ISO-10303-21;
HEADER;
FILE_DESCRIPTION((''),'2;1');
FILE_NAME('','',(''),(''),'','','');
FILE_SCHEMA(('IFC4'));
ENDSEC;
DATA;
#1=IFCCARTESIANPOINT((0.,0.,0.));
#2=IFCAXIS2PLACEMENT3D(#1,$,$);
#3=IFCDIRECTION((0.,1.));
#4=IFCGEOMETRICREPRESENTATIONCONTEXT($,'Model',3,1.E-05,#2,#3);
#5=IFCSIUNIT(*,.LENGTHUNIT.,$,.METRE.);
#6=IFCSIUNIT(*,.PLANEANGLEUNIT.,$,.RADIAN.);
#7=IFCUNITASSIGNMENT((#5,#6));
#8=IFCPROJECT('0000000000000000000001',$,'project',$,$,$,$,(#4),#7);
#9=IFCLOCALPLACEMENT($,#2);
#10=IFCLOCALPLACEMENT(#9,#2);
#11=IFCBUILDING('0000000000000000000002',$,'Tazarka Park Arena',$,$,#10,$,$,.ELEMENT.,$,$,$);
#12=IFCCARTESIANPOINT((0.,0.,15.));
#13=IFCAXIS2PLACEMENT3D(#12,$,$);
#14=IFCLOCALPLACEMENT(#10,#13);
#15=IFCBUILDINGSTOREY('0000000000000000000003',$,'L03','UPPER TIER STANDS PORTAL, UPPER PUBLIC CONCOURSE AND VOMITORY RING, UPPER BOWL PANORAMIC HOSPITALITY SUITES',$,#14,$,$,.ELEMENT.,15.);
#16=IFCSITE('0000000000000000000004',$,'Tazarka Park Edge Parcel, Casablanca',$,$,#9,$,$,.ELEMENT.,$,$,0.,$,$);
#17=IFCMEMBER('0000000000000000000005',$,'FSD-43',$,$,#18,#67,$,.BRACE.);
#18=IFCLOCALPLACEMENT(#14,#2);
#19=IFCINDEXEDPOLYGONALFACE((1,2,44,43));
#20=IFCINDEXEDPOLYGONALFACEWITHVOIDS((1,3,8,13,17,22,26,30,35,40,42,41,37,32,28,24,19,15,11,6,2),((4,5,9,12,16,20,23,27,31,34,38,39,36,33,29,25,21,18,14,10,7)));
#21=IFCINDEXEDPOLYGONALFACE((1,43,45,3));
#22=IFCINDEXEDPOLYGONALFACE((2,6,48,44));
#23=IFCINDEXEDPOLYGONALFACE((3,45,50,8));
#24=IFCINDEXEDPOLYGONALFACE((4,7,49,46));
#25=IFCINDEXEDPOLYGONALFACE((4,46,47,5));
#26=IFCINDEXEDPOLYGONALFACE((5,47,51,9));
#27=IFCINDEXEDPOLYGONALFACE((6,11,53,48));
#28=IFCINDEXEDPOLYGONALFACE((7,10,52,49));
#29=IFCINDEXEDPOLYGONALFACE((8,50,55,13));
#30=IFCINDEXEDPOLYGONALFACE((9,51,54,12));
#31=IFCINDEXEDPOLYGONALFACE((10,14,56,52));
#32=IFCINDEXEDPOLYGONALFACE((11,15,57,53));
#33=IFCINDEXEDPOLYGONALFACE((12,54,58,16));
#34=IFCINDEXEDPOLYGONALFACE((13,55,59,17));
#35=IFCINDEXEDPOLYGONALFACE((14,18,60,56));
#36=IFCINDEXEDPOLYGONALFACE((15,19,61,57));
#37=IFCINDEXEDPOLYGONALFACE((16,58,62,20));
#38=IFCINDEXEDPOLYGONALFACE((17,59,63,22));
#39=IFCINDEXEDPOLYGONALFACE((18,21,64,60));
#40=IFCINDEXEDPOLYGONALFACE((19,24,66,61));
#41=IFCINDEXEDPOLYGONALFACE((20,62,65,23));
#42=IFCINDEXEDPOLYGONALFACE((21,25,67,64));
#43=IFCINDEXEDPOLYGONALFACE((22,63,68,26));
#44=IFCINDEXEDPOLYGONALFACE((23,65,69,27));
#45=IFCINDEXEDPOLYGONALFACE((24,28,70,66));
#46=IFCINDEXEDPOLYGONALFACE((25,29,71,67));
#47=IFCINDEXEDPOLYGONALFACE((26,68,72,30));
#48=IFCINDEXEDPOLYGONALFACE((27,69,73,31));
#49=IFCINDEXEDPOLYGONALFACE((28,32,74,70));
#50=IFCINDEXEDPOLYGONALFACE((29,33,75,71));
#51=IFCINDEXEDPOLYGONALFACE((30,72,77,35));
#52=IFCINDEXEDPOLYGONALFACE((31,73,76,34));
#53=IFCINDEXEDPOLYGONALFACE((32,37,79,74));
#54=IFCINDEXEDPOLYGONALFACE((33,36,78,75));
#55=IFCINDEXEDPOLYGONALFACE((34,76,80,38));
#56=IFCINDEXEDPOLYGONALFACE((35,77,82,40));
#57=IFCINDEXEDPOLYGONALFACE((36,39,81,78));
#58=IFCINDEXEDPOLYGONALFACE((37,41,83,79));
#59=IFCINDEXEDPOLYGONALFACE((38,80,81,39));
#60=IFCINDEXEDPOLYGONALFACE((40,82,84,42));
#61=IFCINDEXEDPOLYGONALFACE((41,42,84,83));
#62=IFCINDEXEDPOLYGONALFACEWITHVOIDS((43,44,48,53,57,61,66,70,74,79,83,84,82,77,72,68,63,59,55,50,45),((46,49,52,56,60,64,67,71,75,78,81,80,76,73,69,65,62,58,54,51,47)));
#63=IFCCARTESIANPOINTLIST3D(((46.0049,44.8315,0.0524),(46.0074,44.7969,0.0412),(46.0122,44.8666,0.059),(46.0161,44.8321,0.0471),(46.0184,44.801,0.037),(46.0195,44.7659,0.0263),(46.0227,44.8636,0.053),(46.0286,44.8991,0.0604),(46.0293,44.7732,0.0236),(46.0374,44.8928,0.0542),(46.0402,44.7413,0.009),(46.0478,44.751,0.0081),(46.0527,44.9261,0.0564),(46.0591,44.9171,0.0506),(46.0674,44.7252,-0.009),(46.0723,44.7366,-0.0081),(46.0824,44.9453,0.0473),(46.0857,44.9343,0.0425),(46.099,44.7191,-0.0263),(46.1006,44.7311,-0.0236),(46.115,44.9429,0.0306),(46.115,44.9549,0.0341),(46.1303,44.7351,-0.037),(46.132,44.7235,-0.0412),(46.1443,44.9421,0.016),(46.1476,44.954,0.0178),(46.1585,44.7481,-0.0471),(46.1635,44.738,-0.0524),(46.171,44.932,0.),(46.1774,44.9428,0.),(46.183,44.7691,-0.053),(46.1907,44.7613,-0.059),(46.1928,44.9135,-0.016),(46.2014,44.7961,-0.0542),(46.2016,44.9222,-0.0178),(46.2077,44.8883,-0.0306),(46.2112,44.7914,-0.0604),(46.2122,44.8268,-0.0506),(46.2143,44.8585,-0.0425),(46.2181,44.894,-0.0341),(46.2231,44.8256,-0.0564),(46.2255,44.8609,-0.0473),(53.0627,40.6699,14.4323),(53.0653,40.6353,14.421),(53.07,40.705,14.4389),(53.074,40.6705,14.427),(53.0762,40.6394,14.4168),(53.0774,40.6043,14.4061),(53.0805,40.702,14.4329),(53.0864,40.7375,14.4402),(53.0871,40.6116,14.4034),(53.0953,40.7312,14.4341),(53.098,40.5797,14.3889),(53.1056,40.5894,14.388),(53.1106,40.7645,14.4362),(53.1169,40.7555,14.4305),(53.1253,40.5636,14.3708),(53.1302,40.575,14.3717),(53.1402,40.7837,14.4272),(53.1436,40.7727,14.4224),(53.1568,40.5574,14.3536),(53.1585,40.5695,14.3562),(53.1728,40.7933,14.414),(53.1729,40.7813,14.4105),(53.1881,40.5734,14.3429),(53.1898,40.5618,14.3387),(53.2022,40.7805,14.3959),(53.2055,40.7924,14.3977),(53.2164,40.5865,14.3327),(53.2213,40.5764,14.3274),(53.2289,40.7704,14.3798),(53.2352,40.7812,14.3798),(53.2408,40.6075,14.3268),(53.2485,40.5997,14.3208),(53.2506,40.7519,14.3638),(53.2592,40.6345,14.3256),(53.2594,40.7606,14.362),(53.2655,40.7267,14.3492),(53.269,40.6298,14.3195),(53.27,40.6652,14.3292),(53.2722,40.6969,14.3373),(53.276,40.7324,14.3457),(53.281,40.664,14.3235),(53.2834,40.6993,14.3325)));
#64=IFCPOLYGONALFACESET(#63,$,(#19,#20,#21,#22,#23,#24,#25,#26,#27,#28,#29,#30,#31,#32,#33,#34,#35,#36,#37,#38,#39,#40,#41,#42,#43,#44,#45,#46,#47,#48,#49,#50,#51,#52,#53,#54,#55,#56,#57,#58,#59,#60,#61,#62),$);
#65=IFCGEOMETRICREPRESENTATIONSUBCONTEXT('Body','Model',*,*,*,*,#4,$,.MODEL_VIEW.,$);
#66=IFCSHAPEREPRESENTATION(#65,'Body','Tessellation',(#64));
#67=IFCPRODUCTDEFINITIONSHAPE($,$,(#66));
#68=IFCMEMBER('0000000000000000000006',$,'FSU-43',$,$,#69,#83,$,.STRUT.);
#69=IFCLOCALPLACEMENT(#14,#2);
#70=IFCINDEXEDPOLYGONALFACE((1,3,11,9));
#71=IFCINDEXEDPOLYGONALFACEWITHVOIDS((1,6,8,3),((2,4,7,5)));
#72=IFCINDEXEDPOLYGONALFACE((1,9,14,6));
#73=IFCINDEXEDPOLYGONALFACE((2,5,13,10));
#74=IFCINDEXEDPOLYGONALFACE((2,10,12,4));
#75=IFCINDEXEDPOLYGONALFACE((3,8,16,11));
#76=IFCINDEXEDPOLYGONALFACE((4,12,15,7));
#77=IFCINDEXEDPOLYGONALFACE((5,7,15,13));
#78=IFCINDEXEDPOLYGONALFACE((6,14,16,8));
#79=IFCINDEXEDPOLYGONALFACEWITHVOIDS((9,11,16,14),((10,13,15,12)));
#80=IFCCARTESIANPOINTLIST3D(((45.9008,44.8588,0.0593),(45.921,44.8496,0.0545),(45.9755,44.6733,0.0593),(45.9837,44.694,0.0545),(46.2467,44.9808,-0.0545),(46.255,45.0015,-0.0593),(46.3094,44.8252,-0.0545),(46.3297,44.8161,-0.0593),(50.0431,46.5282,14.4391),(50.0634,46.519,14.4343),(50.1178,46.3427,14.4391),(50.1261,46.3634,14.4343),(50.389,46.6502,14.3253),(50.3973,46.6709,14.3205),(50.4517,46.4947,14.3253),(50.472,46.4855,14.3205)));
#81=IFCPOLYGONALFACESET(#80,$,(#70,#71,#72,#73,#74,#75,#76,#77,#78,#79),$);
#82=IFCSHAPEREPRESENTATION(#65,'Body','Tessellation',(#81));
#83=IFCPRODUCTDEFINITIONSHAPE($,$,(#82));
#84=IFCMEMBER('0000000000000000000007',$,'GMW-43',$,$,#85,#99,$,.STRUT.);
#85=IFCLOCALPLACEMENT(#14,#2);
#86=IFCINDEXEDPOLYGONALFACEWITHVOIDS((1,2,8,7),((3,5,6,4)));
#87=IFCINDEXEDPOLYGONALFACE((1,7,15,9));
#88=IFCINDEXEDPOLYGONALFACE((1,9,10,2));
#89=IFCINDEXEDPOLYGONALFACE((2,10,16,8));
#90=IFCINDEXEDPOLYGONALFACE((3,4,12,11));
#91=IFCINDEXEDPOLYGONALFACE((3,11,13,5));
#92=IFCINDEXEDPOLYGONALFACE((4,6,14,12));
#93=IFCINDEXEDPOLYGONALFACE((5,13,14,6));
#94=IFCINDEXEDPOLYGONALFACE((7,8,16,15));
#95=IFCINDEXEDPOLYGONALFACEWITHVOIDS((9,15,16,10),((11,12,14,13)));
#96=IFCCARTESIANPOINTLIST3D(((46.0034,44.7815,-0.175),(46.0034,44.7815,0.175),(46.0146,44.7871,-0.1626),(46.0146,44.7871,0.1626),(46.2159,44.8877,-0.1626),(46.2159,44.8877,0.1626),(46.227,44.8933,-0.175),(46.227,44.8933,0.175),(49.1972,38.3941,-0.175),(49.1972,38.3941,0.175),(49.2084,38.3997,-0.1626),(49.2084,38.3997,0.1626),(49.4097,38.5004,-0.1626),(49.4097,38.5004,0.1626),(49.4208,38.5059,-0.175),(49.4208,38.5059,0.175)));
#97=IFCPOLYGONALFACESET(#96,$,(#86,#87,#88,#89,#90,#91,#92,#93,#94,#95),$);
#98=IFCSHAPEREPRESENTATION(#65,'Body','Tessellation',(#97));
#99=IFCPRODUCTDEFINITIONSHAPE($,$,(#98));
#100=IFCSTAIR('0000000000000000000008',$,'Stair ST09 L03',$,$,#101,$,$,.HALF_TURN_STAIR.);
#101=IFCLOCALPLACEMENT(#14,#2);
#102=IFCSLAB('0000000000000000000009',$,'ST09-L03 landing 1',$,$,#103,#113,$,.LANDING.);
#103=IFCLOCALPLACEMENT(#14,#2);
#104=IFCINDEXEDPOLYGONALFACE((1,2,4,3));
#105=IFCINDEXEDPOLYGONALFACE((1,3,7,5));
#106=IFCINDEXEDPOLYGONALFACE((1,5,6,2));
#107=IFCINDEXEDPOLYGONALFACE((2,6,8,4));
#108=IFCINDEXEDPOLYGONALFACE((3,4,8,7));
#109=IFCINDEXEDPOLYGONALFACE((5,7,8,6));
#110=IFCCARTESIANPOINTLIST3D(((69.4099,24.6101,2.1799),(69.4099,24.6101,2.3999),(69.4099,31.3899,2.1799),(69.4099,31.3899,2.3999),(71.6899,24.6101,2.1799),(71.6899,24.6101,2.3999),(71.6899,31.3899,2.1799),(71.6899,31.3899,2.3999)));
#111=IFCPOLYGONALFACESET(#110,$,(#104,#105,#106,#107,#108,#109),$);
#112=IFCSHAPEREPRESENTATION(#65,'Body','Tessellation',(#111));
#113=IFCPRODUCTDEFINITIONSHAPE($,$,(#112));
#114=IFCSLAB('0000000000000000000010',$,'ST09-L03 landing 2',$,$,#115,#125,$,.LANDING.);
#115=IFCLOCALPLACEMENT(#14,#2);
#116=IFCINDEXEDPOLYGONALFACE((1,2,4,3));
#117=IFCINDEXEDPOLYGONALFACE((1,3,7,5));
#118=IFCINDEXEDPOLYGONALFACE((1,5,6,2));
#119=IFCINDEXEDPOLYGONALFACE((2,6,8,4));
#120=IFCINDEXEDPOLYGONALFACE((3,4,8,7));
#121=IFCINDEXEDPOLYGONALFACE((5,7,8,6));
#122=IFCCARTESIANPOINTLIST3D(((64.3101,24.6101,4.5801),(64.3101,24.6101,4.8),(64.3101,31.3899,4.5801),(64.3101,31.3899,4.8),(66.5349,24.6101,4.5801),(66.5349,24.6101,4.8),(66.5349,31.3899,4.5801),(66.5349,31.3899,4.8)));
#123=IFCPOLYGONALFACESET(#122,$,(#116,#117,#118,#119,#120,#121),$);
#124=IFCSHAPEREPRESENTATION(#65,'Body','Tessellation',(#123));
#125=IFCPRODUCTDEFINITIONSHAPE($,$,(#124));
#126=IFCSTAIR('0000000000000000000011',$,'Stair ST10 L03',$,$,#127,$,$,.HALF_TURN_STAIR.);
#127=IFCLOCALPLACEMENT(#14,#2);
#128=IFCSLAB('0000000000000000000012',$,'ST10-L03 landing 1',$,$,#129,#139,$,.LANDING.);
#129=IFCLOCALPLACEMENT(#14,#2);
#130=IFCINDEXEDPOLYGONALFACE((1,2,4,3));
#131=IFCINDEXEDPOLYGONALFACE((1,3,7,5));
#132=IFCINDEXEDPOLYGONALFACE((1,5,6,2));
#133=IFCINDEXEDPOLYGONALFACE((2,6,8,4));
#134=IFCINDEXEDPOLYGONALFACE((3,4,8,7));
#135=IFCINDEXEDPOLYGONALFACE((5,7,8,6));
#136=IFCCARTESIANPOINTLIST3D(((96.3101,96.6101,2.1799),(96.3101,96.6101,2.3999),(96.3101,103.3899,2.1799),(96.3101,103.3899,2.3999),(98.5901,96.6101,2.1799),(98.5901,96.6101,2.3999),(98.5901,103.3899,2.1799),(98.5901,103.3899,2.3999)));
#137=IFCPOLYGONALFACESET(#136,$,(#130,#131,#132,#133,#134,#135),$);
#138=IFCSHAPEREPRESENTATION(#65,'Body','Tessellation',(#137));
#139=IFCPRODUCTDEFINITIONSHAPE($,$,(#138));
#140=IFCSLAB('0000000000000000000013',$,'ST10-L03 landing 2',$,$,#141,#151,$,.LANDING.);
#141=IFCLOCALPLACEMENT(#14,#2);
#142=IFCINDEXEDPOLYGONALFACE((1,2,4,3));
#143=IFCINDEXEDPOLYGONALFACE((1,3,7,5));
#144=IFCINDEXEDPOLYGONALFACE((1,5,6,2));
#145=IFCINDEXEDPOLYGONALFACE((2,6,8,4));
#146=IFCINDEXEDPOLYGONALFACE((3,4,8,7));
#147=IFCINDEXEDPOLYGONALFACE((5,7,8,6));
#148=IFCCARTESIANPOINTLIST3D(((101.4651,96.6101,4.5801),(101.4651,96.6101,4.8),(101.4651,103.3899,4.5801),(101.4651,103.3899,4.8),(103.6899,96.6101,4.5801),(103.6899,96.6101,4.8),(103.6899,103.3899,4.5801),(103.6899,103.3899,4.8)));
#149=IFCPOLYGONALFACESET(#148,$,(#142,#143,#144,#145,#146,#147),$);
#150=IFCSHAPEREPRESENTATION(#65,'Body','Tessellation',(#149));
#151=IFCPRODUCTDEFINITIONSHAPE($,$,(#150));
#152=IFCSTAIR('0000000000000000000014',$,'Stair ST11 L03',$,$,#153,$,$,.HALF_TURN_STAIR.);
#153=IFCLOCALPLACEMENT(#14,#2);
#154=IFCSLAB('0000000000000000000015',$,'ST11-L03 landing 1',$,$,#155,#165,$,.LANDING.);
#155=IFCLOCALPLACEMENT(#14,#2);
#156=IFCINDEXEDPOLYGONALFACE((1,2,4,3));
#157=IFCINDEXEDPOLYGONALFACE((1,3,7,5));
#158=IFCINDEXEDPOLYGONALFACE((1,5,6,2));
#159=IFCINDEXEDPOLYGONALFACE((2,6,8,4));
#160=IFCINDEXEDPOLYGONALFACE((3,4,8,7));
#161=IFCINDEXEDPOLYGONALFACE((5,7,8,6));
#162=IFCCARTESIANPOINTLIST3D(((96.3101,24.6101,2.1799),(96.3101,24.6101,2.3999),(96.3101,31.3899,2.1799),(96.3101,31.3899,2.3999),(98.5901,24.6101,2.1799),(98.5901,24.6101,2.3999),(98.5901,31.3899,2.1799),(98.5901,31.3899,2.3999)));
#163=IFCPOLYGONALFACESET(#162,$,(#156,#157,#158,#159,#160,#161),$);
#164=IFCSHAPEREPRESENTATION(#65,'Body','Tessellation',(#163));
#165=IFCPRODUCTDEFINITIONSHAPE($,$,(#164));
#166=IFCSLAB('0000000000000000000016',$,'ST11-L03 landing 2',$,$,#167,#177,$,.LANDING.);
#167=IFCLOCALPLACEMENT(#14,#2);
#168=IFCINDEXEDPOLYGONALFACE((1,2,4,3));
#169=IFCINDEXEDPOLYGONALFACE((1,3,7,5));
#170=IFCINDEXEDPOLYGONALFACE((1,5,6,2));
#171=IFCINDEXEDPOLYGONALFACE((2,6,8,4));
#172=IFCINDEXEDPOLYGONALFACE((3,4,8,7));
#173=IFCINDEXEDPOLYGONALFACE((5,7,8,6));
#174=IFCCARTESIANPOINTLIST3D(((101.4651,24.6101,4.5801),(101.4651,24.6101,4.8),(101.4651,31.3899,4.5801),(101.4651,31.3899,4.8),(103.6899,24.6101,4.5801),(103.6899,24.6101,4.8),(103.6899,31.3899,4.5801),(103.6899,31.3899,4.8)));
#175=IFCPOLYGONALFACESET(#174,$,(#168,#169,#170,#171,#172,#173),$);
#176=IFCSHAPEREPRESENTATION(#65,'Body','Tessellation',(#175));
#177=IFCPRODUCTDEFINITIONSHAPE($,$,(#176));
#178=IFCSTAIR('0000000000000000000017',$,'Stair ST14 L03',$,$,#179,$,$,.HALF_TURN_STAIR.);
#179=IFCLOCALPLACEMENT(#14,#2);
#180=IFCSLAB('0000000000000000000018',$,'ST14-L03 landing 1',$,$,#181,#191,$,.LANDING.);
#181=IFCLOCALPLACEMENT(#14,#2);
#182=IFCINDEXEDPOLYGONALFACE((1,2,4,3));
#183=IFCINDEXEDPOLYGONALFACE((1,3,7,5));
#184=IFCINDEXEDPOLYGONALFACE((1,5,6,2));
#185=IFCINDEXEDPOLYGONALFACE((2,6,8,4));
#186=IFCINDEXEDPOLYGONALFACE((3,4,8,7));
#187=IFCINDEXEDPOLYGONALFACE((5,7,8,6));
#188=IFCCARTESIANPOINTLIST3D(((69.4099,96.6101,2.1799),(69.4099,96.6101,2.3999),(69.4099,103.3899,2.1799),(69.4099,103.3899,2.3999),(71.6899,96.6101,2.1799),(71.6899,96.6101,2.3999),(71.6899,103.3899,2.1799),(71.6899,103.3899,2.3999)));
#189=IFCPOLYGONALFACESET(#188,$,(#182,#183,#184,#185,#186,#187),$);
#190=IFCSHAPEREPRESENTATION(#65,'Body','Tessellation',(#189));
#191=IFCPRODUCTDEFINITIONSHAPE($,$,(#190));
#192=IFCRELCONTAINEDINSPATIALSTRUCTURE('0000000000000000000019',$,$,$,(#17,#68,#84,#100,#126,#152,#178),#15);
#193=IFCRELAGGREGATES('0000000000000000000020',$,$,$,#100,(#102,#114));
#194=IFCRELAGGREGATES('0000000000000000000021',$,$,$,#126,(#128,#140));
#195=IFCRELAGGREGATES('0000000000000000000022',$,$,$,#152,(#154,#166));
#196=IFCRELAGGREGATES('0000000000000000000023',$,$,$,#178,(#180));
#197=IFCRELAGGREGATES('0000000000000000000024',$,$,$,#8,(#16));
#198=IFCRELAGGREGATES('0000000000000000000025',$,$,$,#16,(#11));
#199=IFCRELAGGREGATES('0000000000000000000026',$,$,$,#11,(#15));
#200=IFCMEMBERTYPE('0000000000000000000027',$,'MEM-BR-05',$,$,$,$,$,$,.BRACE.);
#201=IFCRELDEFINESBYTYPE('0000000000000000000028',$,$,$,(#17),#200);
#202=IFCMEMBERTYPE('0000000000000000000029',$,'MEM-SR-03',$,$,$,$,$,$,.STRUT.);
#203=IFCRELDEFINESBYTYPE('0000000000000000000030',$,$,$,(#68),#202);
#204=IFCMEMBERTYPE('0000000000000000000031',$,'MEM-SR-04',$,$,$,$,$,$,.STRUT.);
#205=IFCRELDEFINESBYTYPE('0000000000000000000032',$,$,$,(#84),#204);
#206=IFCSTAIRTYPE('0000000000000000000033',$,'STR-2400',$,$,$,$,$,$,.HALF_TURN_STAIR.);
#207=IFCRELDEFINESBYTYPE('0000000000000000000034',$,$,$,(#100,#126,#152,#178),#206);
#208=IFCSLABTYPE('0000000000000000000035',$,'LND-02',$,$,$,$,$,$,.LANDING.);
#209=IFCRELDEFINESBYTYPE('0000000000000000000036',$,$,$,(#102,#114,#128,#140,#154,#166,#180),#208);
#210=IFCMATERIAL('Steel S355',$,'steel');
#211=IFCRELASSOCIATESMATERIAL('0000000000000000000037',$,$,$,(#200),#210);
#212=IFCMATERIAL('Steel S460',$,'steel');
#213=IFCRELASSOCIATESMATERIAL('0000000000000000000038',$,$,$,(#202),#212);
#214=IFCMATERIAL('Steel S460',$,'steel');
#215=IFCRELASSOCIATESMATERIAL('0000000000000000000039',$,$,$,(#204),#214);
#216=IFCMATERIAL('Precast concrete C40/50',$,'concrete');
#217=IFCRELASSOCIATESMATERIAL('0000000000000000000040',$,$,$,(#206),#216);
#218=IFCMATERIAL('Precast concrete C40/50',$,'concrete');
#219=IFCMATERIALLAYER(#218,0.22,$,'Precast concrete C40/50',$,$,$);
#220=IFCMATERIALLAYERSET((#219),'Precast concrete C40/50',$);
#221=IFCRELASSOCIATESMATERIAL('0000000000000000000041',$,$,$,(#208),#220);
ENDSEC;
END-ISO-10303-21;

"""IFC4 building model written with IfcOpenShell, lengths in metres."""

from ifc_helpers import new_model, si_unit, direction, frame, origin, origin_2d, place, context, subcontext, project, spatial, polyline, hollow_rectangle, hollow_circle, outline, extrude, material, layer, layer_set, material_profile, profile_set, type_object, element, aggregate, save


model = new_model("IFC4")

# Units and contexts
model_context = context("Model", 3, precision=1e-05, world=origin(), true_north=direction((0.0, 1.0)))
body_context = subcontext(model_context, "Body", "Model", "MODEL_VIEW")
ifc_project = project(units=[si_unit("LENGTHUNIT", "METRE"), si_unit("PLANEANGLEUNIT", "RADIAN")], contexts=[model_context])

# Site, building, storey
site_placement = place(None, origin())
site = spatial("IfcSite", under=ifc_project, at=site_placement, Name="Tazarka Park Edge Parcel, Casablanca", CompositionType="ELEMENT", RefElevation=0.0)
building_placement = place(site_placement, origin())
building = spatial("IfcBuilding", under=site, at=building_placement, Name="Tazarka Park Arena", CompositionType="ELEMENT")
storey_placement = place(building_placement, frame((0.0, 0.0, 15.0)))
storey = spatial("IfcBuildingStorey", under=building, at=storey_placement, Name="L03", Description="UPPER TIER STANDS PORTAL, UPPER PUBLIC CONCOURSE AND VOMITORY RING, UPPER BOWL PANORAMIC HOSPITALITY SUITES", CompositionType="ELEMENT", Elevation=15.0)

# Members
ifc_material_1 = material(Name="Steel S355", Category="steel")
ifc_material_profile_1 = material_profile(ifc_material_1, hollow_circle(Radius=0.1223, WallThickness=0.0125, at=origin_2d()), Name="Steel S355")
ifc_profile_set_1 = profile_set([ifc_material_profile_1], Name="Steel S355")
member_type_1 = type_object("IfcMemberType", Name="MEM-BR-05", PredefinedType="BRACE", material=ifc_profile_set_1)
member_1_placement = place(storey_placement, frame((46.1152, 44.8374, 0.0), z_axis=(0.426448, -0.251452, 0.868858), x_axis=(0.507921, 0.861404, 0.0)))
element("IfcMember", 1, at=member_1_placement, inside=storey, type_object=member_type_1, Name="FSD-43", PredefinedType="BRACE", context=body_context, shape_type="SweptSolid", body=[
    extrude(hollow_circle(Radius=0.1223, WallThickness=0.0125, at=origin_2d()), origin(), (0.0, 0.0, 1.0), 16.5503),
])
ifc_material_2 = material(Name="Steel S460", Category="steel")
ifc_material_profile_2 = material_profile(ifc_material_2, hollow_rectangle(XDim=0.2, YDim=0.3999, WallThickness=0.0161, at=origin_2d()), Name="Steel S460")
ifc_profile_set_2 = profile_set([ifc_material_profile_2], Name="Steel S460")
member_type_2 = type_object("IfcMemberType", Name="MEM-SR-03", PredefinedType="STRUT", material=ifc_profile_set_2)
member_2_placement = place(storey_placement, frame((46.1152, 44.8374, 0.0), z_axis=(0.275102, 0.110871, 0.955001), x_axis=(-0.373802, 0.927508, 0.0)))
element("IfcMember", 2, at=member_2_placement, inside=storey, type_object=member_type_2, Name="FSU-43", PredefinedType="STRUT", context=body_context, shape_type="SweptSolid", body=[
    extrude(hollow_rectangle(XDim=0.2, YDim=0.3999, WallThickness=0.0161, at=origin_2d()), origin(), (0.0, 0.0, 1.0), 15.0574),
])
ifc_material_3 = material(Name="Steel S460", Category="steel")
ifc_material_profile_3 = material_profile(ifc_material_3, hollow_rectangle(XDim=0.25, YDim=0.3501, WallThickness=0.0125, at=origin_2d()), Name="Steel S460")
ifc_profile_set_3 = profile_set([ifc_material_profile_3], Name="Steel S460")
member_type_3 = type_object("IfcMemberType", Name="MEM-SR-04", PredefinedType="STRUT", material=ifc_profile_set_3)
member_3_placement = place(storey_placement, frame((46.1152, 44.8374, 0.0), z_axis=(0.447227, -0.89442, 0.0), x_axis=(0.89442, 0.447227, 0.0)))
element("IfcMember", 3, at=member_3_placement, inside=storey, type_object=member_type_3, Name="GMW-43", PredefinedType="STRUT", context=body_context, shape_type="SweptSolid", body=[
    extrude(hollow_rectangle(XDim=0.25, YDim=0.3501, WallThickness=0.0125, at=origin_2d()), origin(), (0.0, 0.0, 1.0), 7.1414),
])

# Stairs, slabs
ifc_material_4 = material(Name="Precast concrete C40/50", Category="concrete")
stair_type = type_object("IfcStairType", Name="STR-2400", PredefinedType="HALF_TURN_STAIR", material=ifc_material_4)
stair_1_placement = place(storey_placement, origin())
stair_1 = element("IfcStair", 4, at=stair_1_placement, inside=storey, type_object=stair_type, Name="Stair ST09 L03", PredefinedType="HALF_TURN_STAIR")
ifc_material_5 = material(Name="Precast concrete C40/50", Category="concrete")
ifc_layer_1 = layer(ifc_material_5, 0.22, Name="Precast concrete C40/50")
ifc_layer_set_1 = layer_set([ifc_layer_1], Name="Precast concrete C40/50")
slab_type_1 = type_object("IfcSlabType", Name="LND-02", PredefinedType="LANDING", material=ifc_layer_set_1)
slab_1_placement = place(storey_placement, frame((0.0, 0.0, 2.1799)))
slab_1 = element("IfcSlab", 5, at=slab_1_placement, type_object=slab_type_1, Name="ST09-L03 landing 1", PredefinedType="LANDING", context=body_context, shape_type="SweptSolid", body=[
    extrude(outline(polyline([(69.4099, 24.6101), (71.6899, 24.6101), (71.6899, 31.3899), (69.4099, 31.3899), (69.4099, 24.6101)])), origin(), (0.0, 0.0, 1.0), 0.22),
])
slab_2_placement = place(storey_placement, frame((0.0, 0.0, 4.5801)))
slab_2 = element("IfcSlab", 6, at=slab_2_placement, type_object=slab_type_1, Name="ST09-L03 landing 2", PredefinedType="LANDING", context=body_context, shape_type="SweptSolid", body=[
    extrude(outline(polyline([(64.3101, 24.6101), (66.5349, 24.6101), (66.5349, 31.3899), (64.3101, 31.3899), (64.3101, 24.6101)])), origin(), (0.0, 0.0, 1.0), 0.22),
])
aggregate(stair_1, [slab_1, slab_2])
stair_2_placement = place(storey_placement, origin())
stair_2 = element("IfcStair", 7, at=stair_2_placement, inside=storey, type_object=stair_type, Name="Stair ST10 L03", PredefinedType="HALF_TURN_STAIR")
slab_3_placement = place(storey_placement, frame((0.0, 0.0, 2.1799)))
slab_3 = element("IfcSlab", 8, at=slab_3_placement, type_object=slab_type_1, Name="ST10-L03 landing 1", PredefinedType="LANDING", context=body_context, shape_type="SweptSolid", body=[
    extrude(outline(polyline([(96.3101, 96.6101), (98.5901, 96.6101), (98.5901, 103.3899), (96.3101, 103.3899), (96.3101, 96.6101)])), origin(), (0.0, 0.0, 1.0), 0.22),
])
slab_4_placement = place(storey_placement, frame((0.0, 0.0, 4.5801)))
slab_4 = element("IfcSlab", 9, at=slab_4_placement, type_object=slab_type_1, Name="ST10-L03 landing 2", PredefinedType="LANDING", context=body_context, shape_type="SweptSolid", body=[
    extrude(outline(polyline([(101.4651, 96.6101), (103.6899, 96.6101), (103.6899, 103.3899), (101.4651, 103.3899), (101.4651, 96.6101)])), origin(), (0.0, 0.0, 1.0), 0.22),
])
aggregate(stair_2, [slab_3, slab_4])
stair_3_placement = place(storey_placement, origin())
stair_3 = element("IfcStair", 10, at=stair_3_placement, inside=storey, type_object=stair_type, Name="Stair ST11 L03", PredefinedType="HALF_TURN_STAIR")
slab_5_placement = place(storey_placement, frame((0.0, 0.0, 2.1799)))
slab_5 = element("IfcSlab", 11, at=slab_5_placement, type_object=slab_type_1, Name="ST11-L03 landing 1", PredefinedType="LANDING", context=body_context, shape_type="SweptSolid", body=[
    extrude(outline(polyline([(96.3101, 24.6101), (98.5901, 24.6101), (98.5901, 31.3899), (96.3101, 31.3899), (96.3101, 24.6101)])), origin(), (0.0, 0.0, 1.0), 0.22),
])
slab_6_placement = place(storey_placement, frame((0.0, 0.0, 4.5801)))
slab_6 = element("IfcSlab", 12, at=slab_6_placement, type_object=slab_type_1, Name="ST11-L03 landing 2", PredefinedType="LANDING", context=body_context, shape_type="SweptSolid", body=[
    extrude(outline(polyline([(101.4651, 24.6101), (103.6899, 24.6101), (103.6899, 31.3899), (101.4651, 31.3899), (101.4651, 24.6101)])), origin(), (0.0, 0.0, 1.0), 0.22),
])
aggregate(stair_3, [slab_5, slab_6])
stair_4_placement = place(storey_placement, origin())
stair_4 = element("IfcStair", 13, at=stair_4_placement, inside=storey, type_object=stair_type, Name="Stair ST14 L03", PredefinedType="HALF_TURN_STAIR")
slab_7_placement = place(storey_placement, frame((0.0, 0.0, 2.1799)))
slab_7 = element("IfcSlab", 14, at=slab_7_placement, type_object=slab_type_1, Name="ST14-L03 landing 1", PredefinedType="LANDING", context=body_context, shape_type="SweptSolid", body=[
    extrude(outline(polyline([(69.4099, 96.6101), (71.6899, 96.6101), (71.6899, 103.3899), (69.4099, 103.3899), (69.4099, 96.6101)])), origin(), (0.0, 0.0, 1.0), 0.22),
])
aggregate(stair_4, [slab_7])

save(model, "model.ifc")
